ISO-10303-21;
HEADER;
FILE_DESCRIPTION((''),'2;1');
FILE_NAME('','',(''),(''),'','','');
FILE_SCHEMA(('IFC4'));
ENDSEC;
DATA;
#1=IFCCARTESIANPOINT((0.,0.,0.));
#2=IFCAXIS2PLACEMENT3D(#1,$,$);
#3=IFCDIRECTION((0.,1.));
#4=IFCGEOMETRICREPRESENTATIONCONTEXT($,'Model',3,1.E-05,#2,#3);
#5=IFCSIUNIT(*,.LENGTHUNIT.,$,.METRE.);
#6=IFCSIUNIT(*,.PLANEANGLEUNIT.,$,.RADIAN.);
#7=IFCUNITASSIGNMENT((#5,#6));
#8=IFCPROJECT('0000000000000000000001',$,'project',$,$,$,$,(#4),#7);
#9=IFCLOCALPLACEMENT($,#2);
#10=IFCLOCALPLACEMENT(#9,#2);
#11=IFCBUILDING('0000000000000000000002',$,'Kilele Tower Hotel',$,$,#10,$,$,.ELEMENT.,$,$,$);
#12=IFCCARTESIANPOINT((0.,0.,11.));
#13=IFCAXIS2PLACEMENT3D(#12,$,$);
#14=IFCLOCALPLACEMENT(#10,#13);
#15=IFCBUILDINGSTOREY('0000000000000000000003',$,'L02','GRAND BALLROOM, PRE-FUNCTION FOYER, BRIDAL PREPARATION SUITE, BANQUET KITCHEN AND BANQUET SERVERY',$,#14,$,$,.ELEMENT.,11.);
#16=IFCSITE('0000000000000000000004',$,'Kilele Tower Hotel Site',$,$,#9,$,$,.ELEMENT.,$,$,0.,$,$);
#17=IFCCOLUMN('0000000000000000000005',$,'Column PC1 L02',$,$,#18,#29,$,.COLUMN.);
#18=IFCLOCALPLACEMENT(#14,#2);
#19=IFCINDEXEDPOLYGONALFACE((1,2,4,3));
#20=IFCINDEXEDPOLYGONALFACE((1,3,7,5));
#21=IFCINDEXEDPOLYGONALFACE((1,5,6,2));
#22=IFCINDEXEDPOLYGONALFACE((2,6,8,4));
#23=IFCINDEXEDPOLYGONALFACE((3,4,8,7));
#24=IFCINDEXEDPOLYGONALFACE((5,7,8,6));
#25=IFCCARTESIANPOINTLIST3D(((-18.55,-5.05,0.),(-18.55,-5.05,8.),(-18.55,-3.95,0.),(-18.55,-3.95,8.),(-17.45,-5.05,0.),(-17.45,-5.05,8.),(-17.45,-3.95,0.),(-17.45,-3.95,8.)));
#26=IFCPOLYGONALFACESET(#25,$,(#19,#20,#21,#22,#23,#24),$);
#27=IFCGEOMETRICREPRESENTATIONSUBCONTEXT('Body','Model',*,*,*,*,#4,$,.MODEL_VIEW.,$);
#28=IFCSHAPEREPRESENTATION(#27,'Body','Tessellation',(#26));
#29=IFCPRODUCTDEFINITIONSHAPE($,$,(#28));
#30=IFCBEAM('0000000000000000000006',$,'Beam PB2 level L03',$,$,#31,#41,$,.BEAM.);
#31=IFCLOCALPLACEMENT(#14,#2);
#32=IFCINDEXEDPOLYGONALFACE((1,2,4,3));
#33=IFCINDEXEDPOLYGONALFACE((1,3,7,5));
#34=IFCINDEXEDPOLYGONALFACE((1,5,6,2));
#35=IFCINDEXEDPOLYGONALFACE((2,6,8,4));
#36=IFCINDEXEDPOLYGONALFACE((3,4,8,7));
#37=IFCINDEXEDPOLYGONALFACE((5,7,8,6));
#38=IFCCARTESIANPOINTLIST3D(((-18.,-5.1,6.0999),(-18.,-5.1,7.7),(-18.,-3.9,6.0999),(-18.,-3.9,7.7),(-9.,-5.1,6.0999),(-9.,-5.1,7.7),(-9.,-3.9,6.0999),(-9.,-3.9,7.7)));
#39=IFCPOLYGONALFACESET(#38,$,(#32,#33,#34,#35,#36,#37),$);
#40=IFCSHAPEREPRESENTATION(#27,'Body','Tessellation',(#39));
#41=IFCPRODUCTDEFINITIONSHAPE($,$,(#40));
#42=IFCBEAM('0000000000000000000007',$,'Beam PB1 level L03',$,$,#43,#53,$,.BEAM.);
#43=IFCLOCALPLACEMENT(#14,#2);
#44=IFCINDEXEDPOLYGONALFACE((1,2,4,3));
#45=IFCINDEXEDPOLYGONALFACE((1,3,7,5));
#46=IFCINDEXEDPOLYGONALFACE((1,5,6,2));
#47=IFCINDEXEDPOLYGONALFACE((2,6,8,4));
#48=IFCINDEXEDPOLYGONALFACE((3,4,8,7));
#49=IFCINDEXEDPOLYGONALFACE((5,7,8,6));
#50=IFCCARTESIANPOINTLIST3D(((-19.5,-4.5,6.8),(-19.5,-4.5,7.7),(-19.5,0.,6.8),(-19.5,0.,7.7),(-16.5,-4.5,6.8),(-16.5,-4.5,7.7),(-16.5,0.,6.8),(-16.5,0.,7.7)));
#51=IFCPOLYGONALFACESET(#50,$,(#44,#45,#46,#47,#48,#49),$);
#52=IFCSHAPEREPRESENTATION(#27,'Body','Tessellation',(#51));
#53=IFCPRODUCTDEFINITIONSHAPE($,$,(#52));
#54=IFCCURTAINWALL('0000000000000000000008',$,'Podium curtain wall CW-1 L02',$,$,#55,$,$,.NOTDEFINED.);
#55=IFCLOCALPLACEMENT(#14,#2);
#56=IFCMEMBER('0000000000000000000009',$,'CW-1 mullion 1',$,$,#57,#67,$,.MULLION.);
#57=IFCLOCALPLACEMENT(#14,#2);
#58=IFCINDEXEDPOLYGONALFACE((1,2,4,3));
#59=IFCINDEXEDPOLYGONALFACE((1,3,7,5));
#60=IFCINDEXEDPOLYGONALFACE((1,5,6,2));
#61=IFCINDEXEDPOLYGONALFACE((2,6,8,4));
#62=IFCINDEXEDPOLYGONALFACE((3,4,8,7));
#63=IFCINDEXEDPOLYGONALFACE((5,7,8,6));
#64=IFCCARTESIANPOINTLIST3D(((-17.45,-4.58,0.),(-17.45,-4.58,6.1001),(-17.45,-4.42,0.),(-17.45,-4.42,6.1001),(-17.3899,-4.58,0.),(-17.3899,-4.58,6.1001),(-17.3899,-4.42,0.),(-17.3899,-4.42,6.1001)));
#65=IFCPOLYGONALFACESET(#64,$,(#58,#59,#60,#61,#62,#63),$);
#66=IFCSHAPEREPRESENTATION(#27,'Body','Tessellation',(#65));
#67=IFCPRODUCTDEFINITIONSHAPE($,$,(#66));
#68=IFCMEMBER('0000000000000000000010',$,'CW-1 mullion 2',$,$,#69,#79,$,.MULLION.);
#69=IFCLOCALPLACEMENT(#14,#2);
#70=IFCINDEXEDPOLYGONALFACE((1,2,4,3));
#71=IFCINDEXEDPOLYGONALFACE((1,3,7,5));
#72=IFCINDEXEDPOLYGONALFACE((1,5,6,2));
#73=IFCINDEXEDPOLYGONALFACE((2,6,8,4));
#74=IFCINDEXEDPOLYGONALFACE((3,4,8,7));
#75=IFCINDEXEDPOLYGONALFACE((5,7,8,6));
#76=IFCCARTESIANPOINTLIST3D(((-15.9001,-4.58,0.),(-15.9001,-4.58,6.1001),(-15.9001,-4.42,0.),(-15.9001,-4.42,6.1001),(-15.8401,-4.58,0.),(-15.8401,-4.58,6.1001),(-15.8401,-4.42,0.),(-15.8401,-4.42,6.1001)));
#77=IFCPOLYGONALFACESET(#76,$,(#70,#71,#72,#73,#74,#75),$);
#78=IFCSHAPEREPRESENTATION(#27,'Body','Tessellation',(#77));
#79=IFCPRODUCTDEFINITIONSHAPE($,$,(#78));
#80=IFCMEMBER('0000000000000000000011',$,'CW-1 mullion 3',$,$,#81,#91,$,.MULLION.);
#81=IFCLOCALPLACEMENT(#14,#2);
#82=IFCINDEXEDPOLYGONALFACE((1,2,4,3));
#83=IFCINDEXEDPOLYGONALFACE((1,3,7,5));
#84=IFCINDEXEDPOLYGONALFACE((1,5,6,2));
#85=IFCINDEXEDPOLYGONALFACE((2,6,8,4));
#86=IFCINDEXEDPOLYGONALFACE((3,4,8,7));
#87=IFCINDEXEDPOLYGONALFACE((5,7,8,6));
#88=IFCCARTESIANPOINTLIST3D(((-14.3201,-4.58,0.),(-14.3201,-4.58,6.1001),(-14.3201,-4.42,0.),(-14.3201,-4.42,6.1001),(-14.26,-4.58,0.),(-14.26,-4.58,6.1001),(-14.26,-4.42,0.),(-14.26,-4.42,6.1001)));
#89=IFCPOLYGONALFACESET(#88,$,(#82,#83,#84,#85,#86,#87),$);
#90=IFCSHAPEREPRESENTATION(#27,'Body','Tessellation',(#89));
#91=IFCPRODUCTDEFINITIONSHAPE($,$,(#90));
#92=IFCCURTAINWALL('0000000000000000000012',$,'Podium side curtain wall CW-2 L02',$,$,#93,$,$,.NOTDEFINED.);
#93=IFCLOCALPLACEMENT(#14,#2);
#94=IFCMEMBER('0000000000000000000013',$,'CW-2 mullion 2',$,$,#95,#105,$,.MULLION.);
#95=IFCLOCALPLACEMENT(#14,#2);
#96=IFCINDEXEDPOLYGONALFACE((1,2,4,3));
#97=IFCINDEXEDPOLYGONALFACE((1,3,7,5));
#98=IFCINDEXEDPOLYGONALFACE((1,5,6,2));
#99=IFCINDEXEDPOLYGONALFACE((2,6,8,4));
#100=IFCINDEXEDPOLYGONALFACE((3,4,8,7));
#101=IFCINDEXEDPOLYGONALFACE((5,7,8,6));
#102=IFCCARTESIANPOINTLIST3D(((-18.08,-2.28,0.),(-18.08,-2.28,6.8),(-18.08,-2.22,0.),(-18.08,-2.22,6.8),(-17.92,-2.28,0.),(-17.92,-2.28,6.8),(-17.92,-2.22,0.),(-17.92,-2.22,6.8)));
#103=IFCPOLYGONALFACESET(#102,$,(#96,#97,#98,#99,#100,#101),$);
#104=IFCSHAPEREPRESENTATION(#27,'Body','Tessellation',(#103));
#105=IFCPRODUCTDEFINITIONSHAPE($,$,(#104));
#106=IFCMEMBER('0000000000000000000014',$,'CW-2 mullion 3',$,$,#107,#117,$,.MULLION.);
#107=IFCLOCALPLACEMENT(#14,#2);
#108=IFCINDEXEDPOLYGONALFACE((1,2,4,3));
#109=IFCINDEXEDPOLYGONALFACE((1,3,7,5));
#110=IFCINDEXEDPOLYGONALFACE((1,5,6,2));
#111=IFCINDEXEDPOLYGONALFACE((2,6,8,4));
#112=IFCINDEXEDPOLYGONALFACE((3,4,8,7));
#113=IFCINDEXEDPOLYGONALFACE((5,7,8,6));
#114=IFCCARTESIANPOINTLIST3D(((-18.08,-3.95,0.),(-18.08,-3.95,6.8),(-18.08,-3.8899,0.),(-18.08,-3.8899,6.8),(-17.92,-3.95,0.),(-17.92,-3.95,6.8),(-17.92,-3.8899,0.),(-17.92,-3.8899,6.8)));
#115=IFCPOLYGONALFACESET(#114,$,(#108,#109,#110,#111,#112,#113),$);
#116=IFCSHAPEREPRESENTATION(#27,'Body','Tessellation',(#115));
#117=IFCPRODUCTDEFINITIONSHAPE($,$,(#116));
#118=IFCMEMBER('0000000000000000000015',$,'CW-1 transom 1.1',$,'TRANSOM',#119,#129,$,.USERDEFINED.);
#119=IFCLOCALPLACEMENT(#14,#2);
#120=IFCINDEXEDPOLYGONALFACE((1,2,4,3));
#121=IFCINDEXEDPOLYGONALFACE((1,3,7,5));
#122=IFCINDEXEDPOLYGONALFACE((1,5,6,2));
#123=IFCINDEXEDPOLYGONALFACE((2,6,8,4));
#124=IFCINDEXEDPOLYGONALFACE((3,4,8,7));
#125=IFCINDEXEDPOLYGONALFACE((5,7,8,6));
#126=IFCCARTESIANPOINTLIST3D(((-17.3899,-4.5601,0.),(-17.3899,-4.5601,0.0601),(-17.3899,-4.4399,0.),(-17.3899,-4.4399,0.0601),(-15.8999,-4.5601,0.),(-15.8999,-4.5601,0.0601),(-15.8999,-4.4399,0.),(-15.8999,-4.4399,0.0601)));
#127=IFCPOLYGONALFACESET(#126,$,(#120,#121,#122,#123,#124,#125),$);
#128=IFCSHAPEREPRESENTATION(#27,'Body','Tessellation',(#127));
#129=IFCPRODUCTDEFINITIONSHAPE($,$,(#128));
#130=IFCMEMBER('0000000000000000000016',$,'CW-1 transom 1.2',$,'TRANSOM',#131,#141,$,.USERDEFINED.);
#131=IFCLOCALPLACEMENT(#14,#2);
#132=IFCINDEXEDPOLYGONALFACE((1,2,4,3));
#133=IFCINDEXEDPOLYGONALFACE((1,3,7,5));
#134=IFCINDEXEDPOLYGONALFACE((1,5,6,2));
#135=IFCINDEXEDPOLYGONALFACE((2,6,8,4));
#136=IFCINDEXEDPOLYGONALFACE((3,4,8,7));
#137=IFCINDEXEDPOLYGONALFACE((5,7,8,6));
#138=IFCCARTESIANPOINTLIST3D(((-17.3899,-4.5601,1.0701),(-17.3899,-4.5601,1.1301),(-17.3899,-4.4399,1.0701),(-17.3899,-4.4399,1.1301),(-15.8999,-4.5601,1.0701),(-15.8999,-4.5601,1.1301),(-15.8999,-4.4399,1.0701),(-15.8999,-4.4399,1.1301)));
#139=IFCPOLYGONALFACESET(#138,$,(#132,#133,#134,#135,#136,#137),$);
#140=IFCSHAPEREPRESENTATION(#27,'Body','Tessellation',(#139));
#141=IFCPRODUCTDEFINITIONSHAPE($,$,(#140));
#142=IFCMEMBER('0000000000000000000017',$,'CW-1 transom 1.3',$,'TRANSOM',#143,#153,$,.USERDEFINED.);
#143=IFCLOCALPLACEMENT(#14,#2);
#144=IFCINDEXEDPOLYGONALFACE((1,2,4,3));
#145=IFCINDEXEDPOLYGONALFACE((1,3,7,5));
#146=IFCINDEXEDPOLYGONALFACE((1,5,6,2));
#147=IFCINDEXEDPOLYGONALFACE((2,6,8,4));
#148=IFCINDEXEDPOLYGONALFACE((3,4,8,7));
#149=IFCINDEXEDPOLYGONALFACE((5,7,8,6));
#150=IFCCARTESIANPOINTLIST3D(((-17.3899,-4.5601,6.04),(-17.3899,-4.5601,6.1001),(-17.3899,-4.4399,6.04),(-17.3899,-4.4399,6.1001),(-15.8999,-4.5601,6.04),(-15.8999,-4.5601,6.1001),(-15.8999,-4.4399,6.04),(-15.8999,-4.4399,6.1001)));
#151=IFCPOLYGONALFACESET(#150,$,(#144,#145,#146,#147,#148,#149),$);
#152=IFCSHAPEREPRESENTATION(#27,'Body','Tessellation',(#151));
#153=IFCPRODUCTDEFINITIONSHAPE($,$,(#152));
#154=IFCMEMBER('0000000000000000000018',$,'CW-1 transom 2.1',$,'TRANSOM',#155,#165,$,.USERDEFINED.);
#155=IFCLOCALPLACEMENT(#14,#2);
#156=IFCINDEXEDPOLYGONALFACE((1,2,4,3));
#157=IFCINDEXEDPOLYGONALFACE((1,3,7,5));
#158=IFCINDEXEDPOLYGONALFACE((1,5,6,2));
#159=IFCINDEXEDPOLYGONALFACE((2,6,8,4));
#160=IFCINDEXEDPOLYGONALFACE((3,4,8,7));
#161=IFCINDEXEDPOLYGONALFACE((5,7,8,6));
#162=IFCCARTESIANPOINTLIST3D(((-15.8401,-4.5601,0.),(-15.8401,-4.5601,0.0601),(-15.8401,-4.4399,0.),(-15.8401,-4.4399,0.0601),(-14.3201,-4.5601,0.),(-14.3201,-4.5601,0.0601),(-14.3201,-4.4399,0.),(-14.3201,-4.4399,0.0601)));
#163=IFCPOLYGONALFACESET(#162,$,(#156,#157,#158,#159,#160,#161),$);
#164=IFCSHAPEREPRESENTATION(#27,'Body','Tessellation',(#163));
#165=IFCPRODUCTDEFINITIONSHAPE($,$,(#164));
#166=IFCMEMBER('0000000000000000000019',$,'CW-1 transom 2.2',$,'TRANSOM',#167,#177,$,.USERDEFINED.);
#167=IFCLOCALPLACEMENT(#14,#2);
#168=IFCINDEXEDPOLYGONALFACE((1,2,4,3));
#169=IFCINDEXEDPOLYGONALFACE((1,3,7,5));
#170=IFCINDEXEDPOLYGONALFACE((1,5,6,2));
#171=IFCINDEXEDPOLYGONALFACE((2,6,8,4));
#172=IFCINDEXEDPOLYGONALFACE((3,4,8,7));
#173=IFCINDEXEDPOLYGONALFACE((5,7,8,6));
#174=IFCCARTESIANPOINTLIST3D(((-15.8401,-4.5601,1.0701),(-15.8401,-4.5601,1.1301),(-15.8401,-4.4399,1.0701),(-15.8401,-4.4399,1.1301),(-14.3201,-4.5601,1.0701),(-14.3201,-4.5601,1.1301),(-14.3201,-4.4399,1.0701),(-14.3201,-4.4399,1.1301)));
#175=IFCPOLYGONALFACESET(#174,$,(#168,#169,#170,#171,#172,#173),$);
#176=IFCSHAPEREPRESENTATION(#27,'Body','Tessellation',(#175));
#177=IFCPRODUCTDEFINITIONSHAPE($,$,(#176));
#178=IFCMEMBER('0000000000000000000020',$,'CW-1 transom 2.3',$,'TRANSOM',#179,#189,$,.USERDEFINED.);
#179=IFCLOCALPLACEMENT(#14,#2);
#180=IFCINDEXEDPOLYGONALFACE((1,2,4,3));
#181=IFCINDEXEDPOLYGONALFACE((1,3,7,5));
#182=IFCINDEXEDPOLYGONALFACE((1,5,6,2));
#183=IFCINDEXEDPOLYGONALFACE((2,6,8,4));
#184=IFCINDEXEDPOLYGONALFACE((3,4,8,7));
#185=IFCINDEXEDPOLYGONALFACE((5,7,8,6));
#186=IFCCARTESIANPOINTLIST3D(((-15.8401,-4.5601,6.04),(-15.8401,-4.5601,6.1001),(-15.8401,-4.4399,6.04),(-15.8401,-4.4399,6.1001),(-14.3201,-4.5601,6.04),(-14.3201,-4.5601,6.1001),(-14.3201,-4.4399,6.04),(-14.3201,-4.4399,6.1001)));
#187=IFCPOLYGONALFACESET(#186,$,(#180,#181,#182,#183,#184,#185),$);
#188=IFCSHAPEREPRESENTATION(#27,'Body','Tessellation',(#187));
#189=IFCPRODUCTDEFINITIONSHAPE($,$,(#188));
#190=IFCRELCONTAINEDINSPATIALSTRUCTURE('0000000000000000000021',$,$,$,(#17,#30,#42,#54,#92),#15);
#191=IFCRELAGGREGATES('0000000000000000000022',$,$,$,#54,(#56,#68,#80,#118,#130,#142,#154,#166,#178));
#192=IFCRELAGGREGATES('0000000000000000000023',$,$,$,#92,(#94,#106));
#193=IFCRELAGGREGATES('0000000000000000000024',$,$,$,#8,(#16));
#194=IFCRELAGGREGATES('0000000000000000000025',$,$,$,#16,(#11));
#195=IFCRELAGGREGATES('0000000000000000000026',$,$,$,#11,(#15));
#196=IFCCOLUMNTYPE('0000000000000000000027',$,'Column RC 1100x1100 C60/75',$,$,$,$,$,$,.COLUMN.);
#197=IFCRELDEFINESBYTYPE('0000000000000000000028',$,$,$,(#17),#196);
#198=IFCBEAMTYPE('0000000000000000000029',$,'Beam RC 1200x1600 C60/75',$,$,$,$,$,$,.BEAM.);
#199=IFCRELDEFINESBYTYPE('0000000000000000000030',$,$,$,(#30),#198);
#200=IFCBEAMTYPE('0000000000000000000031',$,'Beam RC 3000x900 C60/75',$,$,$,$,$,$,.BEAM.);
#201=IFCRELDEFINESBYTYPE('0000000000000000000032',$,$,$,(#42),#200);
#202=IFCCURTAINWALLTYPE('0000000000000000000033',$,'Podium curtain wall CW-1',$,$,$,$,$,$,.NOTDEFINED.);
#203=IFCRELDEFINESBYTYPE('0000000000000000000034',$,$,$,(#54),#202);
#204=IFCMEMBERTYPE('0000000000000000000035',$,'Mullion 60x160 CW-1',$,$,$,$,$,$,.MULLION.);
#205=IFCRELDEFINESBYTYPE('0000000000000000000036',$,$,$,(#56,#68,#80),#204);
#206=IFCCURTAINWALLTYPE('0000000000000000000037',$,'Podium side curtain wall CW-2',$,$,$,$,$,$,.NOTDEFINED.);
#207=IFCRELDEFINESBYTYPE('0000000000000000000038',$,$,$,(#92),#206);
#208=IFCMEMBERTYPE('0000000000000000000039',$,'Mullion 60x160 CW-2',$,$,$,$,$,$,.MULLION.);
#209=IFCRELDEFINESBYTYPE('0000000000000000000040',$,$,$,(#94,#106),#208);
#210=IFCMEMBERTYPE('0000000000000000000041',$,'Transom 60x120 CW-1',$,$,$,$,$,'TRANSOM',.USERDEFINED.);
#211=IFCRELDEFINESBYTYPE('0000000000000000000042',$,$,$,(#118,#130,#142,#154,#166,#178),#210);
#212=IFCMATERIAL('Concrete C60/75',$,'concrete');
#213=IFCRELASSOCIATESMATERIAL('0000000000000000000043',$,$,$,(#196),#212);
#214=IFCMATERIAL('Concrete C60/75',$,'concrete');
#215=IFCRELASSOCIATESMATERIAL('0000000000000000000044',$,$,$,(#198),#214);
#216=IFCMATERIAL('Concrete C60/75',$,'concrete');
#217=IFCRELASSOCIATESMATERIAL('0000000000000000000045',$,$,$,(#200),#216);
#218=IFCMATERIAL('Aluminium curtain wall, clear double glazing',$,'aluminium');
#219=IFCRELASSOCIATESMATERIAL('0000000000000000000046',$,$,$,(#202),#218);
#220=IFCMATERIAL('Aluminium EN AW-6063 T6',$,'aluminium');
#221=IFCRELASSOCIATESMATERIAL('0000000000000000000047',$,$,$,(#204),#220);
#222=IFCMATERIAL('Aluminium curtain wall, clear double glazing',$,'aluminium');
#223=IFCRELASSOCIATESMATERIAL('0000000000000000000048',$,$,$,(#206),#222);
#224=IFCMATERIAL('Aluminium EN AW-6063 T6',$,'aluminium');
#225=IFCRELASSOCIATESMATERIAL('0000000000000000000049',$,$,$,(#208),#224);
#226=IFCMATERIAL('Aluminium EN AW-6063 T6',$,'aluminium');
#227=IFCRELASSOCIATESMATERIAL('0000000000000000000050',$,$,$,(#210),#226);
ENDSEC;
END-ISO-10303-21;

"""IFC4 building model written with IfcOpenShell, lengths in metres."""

from ifc_helpers import new_model, si_unit, direction, frame, origin, origin_2d, place, context, subcontext, project, spatial, rectangle, extrude, material, material_profile, profile_set, type_object, element, aggregate, save


model = new_model("IFC4")

# Units and contexts
model_context = context("Model", 3, precision=1e-05, world=origin(), true_north=direction((0.0, 1.0)))
body_context = subcontext(model_context, "Body", "Model", "MODEL_VIEW")
ifc_project = project(units=[si_unit("LENGTHUNIT", "METRE"), si_unit("PLANEANGLEUNIT", "RADIAN")], contexts=[model_context])

# Site, building, storey
site_placement = place(None, origin())
site = spatial("IfcSite", under=ifc_project, at=site_placement, Name="Kilele Tower Hotel Site", CompositionType="ELEMENT", RefElevation=0.0)
building_placement = place(site_placement, origin())
building = spatial("IfcBuilding", under=site, at=building_placement, Name="Kilele Tower Hotel", CompositionType="ELEMENT")
storey_placement = place(building_placement, frame((0.0, 0.0, 11.0)))
storey = spatial("IfcBuildingStorey", under=building, at=storey_placement, Name="L02", Description="GRAND BALLROOM, PRE-FUNCTION FOYER, BRIDAL PREPARATION SUITE, BANQUET KITCHEN AND BANQUET SERVERY", CompositionType="ELEMENT", Elevation=11.0)

# Column
ifc_material_1 = material(Name="Concrete C60/75", Category="concrete")
ifc_material_profile_1 = material_profile(ifc_material_1, rectangle(XDim=1.1001, YDim=1.1001, at=origin_2d()))
ifc_profile_set_1 = profile_set([ifc_material_profile_1], Name="Concrete C60/75")
column_type = type_object("IfcColumnType", Name="Column RC 1100x1100 C60/75", PredefinedType="COLUMN", material=ifc_profile_set_1)
column_placement = place(storey_placement, frame((-18.0, -4.5, 0.0), z_axis=(0.0, 0.0, 1.0), x_axis=(1.0, 0.0, 0.0)))
element("IfcColumn", 1, at=column_placement, inside=storey, type_object=column_type, Name="Column PC1 L02", PredefinedType="COLUMN", context=body_context, shape_type="SweptSolid", body=[
    extrude(rectangle(XDim=1.1001, YDim=1.1001, at=origin_2d()), origin(), (0.0, 0.0, 1.0), 8.0),
])

# Beams
ifc_material_2 = material(Name="Concrete C60/75", Category="concrete")
ifc_material_profile_2 = material_profile(ifc_material_2, rectangle(XDim=1.2, YDim=1.6001, at=origin_2d()))
ifc_profile_set_2 = profile_set([ifc_material_profile_2], Name="Concrete C60/75")
beam_type_1 = type_object("IfcBeamType", Name="Beam RC 1200x1600 C60/75", PredefinedType="BEAM", material=ifc_profile_set_2)
beam_1_placement = place(storey_placement, frame((-18.0, -4.5, 6.8999), z_axis=(1.0, 0.0, 0.0), x_axis=(0.0, 1.0, 0.0)))
element("IfcBeam", 2, at=beam_1_placement, inside=storey, type_object=beam_type_1, Name="Beam PB2 level L03", PredefinedType="BEAM", context=body_context, shape_type="SweptSolid", body=[
    extrude(rectangle(XDim=1.2, YDim=1.6001, at=origin_2d()), origin(), (0.0, 0.0, 1.0), 9.0),
])
ifc_material_3 = material(Name="Concrete C60/75", Category="concrete")
ifc_material_profile_3 = material_profile(ifc_material_3, rectangle(XDim=3.0, YDim=0.8999, at=origin_2d()))
ifc_profile_set_3 = profile_set([ifc_material_profile_3], Name="Concrete C60/75")
beam_type_2 = type_object("IfcBeamType", Name="Beam RC 3000x900 C60/75", PredefinedType="BEAM", material=ifc_profile_set_3)
beam_2_placement = place(storey_placement, frame((-18.0, -4.5, 7.25), z_axis=(0.0, 1.0, 0.0), x_axis=(-1.0, 0.0, 0.0)))
element("IfcBeam", 3, at=beam_2_placement, inside=storey, type_object=beam_type_2, Name="Beam PB1 level L03", PredefinedType="BEAM", context=body_context, shape_type="SweptSolid", body=[
    extrude(rectangle(XDim=3.0, YDim=0.8999, at=origin_2d()), origin(), (0.0, 0.0, 1.0), 4.5),
])

# Curtain walls, members
ifc_material_4 = material(Name="Aluminium curtain wall, clear double glazing", Category="aluminium")
curtain_wall_type_1 = type_object("IfcCurtainWallType", Name="Podium curtain wall CW-1", PredefinedType="NOTDEFINED", material=ifc_material_4)
curtain_wall_1_placement = place(storey_placement, origin())
curtain_wall_1 = element("IfcCurtainWall", 4, at=curtain_wall_1_placement, inside=storey, type_object=curtain_wall_type_1, Name="Podium curtain wall CW-1 L02", PredefinedType="NOTDEFINED")
ifc_material_5 = material(Name="Aluminium EN AW-6063 T6", Category="aluminium")
ifc_material_profile_4 = material_profile(ifc_material_5, rectangle(XDim=0.1599, YDim=0.0601, at=origin_2d()))
ifc_profile_set_4 = profile_set([ifc_material_profile_4], Name="Aluminium EN AW-6063 T6")
member_type_1 = type_object("IfcMemberType", Name="Mullion 60x160 CW-1", PredefinedType="MULLION", material=ifc_profile_set_4)
member_1_placement = place(storey_placement, frame((-17.4199, -4.5, 0.0), z_axis=(0.0, 0.0, 1.0), x_axis=(0.0, 1.0, 0.0)))
member_1 = element("IfcMember", 5, at=member_1_placement, type_object=member_type_1, Name="CW-1 mullion 1", PredefinedType="MULLION", context=body_context, shape_type="SweptSolid", body=[
    extrude(rectangle(XDim=0.1599, YDim=0.0601, at=origin_2d()), origin(), (0.0, 0.0, 1.0), 6.1001),
])
member_2_placement = place(storey_placement, frame((-15.8701, -4.5, 0.0), z_axis=(0.0, 0.0, 1.0), x_axis=(0.0, 1.0, 0.0)))
member_2 = element("IfcMember", 6, at=member_2_placement, type_object=member_type_1, Name="CW-1 mullion 2", PredefinedType="MULLION", context=body_context, shape_type="SweptSolid", body=[
    extrude(rectangle(XDim=0.1599, YDim=0.0601, at=origin_2d()), origin(), (0.0, 0.0, 1.0), 6.1001),
])
member_3_placement = place(storey_placement, frame((-14.29, -4.5, 0.0), z_axis=(0.0, 0.0, 1.0), x_axis=(0.0, 1.0, 0.0)))
member_3 = element("IfcMember", 7, at=member_3_placement, type_object=member_type_1, Name="CW-1 mullion 3", PredefinedType="MULLION", context=body_context, shape_type="SweptSolid", body=[
    extrude(rectangle(XDim=0.1599, YDim=0.0601, at=origin_2d()), origin(), (0.0, 0.0, 1.0), 6.1001),
])
ifc_material_6 = material(Name="Aluminium curtain wall, clear double glazing", Category="aluminium")
curtain_wall_type_2 = type_object("IfcCurtainWallType", Name="Podium side curtain wall CW-2", PredefinedType="NOTDEFINED", material=ifc_material_6)
curtain_wall_2_placement = place(storey_placement, origin())
curtain_wall_2 = element("IfcCurtainWall", 8, at=curtain_wall_2_placement, inside=storey, type_object=curtain_wall_type_2, Name="Podium side curtain wall CW-2 L02", PredefinedType="NOTDEFINED")
ifc_material_7 = material(Name="Aluminium EN AW-6063 T6", Category="aluminium")
ifc_material_profile_5 = material_profile(ifc_material_7, rectangle(XDim=0.1599, YDim=0.0601, at=origin_2d()))
ifc_profile_set_5 = profile_set([ifc_material_profile_5], Name="Aluminium EN AW-6063 T6")
member_type_2 = type_object("IfcMemberType", Name="Mullion 60x160 CW-2", PredefinedType="MULLION", material=ifc_profile_set_5)
member_4_placement = place(storey_placement, frame((-18.0, -2.25, 0.0), z_axis=(0.0, 0.0, 1.0), x_axis=(1.0, 0.0, 0.0)))
member_4 = element("IfcMember", 9, at=member_4_placement, type_object=member_type_2, Name="CW-2 mullion 2", PredefinedType="MULLION", context=body_context, shape_type="SweptSolid", body=[
    extrude(rectangle(XDim=0.1599, YDim=0.0601, at=origin_2d()), origin(), (0.0, 0.0, 1.0), 6.8),
])
member_5_placement = place(storey_placement, frame((-18.0, -3.9199, 0.0), z_axis=(0.0, 0.0, 1.0), x_axis=(1.0, 0.0, 0.0)))
member_5 = element("IfcMember", 10, at=member_5_placement, type_object=member_type_2, Name="CW-2 mullion 3", PredefinedType="MULLION", context=body_context, shape_type="SweptSolid", body=[
    extrude(rectangle(XDim=0.1599, YDim=0.0601, at=origin_2d()), origin(), (0.0, 0.0, 1.0), 6.8),
])

# Members
ifc_material_8 = material(Name="Aluminium EN AW-6063 T6", Category="aluminium")
ifc_material_profile_6 = material_profile(ifc_material_8, rectangle(XDim=0.1201, YDim=0.0601, at=origin_2d()))
ifc_profile_set_6 = profile_set([ifc_material_profile_6], Name="Aluminium EN AW-6063 T6")
member_type_3 = type_object("IfcMemberType", Name="Transom 60x120 CW-1", ElementType="TRANSOM", PredefinedType="USERDEFINED", material=ifc_profile_set_6)
member_6_placement = place(storey_placement, frame((-17.3899, -4.5, 0.03), z_axis=(1.0, 0.0, 0.0), x_axis=(0.0, 1.0, 0.0)))
member_6 = element("IfcMember", 11, at=member_6_placement, type_object=member_type_3, Name="CW-1 transom 1.1", ObjectType="TRANSOM", PredefinedType="USERDEFINED", context=body_context, shape_type="SweptSolid", body=[
    extrude(rectangle(XDim=0.1201, YDim=0.0601, at=origin_2d()), origin(), (0.0, 0.0, 1.0), 1.49),
])
member_7_placement = place(storey_placement, frame((-17.3899, -4.5, 1.1001), z_axis=(1.0, 0.0, 0.0), x_axis=(0.0, 1.0, 0.0)))
member_7 = element("IfcMember", 12, at=member_7_placement, type_object=member_type_3, Name="CW-1 transom 1.2", ObjectType="TRANSOM", PredefinedType="USERDEFINED", context=body_context, shape_type="SweptSolid", body=[
    extrude(rectangle(XDim=0.1201, YDim=0.0601, at=origin_2d()), origin(), (0.0, 0.0, 1.0), 1.49),
])
member_8_placement = place(storey_placement, frame((-17.3899, -4.5, 6.0701), z_axis=(1.0, 0.0, 0.0), x_axis=(0.0, 1.0, 0.0)))
member_8 = element("IfcMember", 13, at=member_8_placement, type_object=member_type_3, Name="CW-1 transom 1.3", ObjectType="TRANSOM", PredefinedType="USERDEFINED", context=body_context, shape_type="SweptSolid", body=[
    extrude(rectangle(XDim=0.1201, YDim=0.0601, at=origin_2d()), origin(), (0.0, 0.0, 1.0), 1.49),
])
member_9_placement = place(storey_placement, frame((-15.8401, -4.5, 0.03), z_axis=(1.0, 0.0, 0.0), x_axis=(0.0, 1.0, 0.0)))
member_9 = element("IfcMember", 14, at=member_9_placement, type_object=member_type_3, Name="CW-1 transom 2.1", ObjectType="TRANSOM", PredefinedType="USERDEFINED", context=body_context, shape_type="SweptSolid", body=[
    extrude(rectangle(XDim=0.1201, YDim=0.0601, at=origin_2d()), origin(), (0.0, 0.0, 1.0), 1.52),
])
member_10_placement = place(storey_placement, frame((-15.8401, -4.5, 1.1001), z_axis=(1.0, 0.0, 0.0), x_axis=(0.0, 1.0, 0.0)))
member_10 = element("IfcMember", 15, at=member_10_placement, type_object=member_type_3, Name="CW-1 transom 2.2", ObjectType="TRANSOM", PredefinedType="USERDEFINED", context=body_context, shape_type="SweptSolid", body=[
    extrude(rectangle(XDim=0.1201, YDim=0.0601, at=origin_2d()), origin(), (0.0, 0.0, 1.0), 1.52),
])
member_11_placement = place(storey_placement, frame((-15.8401, -4.5, 6.0701), z_axis=(1.0, 0.0, 0.0), x_axis=(0.0, 1.0, 0.0)))
member_11 = element("IfcMember", 16, at=member_11_placement, type_object=member_type_3, Name="CW-1 transom 2.3", ObjectType="TRANSOM", PredefinedType="USERDEFINED", context=body_context, shape_type="SweptSolid", body=[
    extrude(rectangle(XDim=0.1201, YDim=0.0601, at=origin_2d()), origin(), (0.0, 0.0, 1.0), 1.52),
])

aggregate(curtain_wall_1, [member_1, member_2, member_3, member_6, member_7, member_8, member_9, member_10, member_11])
aggregate(curtain_wall_2, [member_4, member_5])

save(model, "model.ifc")
